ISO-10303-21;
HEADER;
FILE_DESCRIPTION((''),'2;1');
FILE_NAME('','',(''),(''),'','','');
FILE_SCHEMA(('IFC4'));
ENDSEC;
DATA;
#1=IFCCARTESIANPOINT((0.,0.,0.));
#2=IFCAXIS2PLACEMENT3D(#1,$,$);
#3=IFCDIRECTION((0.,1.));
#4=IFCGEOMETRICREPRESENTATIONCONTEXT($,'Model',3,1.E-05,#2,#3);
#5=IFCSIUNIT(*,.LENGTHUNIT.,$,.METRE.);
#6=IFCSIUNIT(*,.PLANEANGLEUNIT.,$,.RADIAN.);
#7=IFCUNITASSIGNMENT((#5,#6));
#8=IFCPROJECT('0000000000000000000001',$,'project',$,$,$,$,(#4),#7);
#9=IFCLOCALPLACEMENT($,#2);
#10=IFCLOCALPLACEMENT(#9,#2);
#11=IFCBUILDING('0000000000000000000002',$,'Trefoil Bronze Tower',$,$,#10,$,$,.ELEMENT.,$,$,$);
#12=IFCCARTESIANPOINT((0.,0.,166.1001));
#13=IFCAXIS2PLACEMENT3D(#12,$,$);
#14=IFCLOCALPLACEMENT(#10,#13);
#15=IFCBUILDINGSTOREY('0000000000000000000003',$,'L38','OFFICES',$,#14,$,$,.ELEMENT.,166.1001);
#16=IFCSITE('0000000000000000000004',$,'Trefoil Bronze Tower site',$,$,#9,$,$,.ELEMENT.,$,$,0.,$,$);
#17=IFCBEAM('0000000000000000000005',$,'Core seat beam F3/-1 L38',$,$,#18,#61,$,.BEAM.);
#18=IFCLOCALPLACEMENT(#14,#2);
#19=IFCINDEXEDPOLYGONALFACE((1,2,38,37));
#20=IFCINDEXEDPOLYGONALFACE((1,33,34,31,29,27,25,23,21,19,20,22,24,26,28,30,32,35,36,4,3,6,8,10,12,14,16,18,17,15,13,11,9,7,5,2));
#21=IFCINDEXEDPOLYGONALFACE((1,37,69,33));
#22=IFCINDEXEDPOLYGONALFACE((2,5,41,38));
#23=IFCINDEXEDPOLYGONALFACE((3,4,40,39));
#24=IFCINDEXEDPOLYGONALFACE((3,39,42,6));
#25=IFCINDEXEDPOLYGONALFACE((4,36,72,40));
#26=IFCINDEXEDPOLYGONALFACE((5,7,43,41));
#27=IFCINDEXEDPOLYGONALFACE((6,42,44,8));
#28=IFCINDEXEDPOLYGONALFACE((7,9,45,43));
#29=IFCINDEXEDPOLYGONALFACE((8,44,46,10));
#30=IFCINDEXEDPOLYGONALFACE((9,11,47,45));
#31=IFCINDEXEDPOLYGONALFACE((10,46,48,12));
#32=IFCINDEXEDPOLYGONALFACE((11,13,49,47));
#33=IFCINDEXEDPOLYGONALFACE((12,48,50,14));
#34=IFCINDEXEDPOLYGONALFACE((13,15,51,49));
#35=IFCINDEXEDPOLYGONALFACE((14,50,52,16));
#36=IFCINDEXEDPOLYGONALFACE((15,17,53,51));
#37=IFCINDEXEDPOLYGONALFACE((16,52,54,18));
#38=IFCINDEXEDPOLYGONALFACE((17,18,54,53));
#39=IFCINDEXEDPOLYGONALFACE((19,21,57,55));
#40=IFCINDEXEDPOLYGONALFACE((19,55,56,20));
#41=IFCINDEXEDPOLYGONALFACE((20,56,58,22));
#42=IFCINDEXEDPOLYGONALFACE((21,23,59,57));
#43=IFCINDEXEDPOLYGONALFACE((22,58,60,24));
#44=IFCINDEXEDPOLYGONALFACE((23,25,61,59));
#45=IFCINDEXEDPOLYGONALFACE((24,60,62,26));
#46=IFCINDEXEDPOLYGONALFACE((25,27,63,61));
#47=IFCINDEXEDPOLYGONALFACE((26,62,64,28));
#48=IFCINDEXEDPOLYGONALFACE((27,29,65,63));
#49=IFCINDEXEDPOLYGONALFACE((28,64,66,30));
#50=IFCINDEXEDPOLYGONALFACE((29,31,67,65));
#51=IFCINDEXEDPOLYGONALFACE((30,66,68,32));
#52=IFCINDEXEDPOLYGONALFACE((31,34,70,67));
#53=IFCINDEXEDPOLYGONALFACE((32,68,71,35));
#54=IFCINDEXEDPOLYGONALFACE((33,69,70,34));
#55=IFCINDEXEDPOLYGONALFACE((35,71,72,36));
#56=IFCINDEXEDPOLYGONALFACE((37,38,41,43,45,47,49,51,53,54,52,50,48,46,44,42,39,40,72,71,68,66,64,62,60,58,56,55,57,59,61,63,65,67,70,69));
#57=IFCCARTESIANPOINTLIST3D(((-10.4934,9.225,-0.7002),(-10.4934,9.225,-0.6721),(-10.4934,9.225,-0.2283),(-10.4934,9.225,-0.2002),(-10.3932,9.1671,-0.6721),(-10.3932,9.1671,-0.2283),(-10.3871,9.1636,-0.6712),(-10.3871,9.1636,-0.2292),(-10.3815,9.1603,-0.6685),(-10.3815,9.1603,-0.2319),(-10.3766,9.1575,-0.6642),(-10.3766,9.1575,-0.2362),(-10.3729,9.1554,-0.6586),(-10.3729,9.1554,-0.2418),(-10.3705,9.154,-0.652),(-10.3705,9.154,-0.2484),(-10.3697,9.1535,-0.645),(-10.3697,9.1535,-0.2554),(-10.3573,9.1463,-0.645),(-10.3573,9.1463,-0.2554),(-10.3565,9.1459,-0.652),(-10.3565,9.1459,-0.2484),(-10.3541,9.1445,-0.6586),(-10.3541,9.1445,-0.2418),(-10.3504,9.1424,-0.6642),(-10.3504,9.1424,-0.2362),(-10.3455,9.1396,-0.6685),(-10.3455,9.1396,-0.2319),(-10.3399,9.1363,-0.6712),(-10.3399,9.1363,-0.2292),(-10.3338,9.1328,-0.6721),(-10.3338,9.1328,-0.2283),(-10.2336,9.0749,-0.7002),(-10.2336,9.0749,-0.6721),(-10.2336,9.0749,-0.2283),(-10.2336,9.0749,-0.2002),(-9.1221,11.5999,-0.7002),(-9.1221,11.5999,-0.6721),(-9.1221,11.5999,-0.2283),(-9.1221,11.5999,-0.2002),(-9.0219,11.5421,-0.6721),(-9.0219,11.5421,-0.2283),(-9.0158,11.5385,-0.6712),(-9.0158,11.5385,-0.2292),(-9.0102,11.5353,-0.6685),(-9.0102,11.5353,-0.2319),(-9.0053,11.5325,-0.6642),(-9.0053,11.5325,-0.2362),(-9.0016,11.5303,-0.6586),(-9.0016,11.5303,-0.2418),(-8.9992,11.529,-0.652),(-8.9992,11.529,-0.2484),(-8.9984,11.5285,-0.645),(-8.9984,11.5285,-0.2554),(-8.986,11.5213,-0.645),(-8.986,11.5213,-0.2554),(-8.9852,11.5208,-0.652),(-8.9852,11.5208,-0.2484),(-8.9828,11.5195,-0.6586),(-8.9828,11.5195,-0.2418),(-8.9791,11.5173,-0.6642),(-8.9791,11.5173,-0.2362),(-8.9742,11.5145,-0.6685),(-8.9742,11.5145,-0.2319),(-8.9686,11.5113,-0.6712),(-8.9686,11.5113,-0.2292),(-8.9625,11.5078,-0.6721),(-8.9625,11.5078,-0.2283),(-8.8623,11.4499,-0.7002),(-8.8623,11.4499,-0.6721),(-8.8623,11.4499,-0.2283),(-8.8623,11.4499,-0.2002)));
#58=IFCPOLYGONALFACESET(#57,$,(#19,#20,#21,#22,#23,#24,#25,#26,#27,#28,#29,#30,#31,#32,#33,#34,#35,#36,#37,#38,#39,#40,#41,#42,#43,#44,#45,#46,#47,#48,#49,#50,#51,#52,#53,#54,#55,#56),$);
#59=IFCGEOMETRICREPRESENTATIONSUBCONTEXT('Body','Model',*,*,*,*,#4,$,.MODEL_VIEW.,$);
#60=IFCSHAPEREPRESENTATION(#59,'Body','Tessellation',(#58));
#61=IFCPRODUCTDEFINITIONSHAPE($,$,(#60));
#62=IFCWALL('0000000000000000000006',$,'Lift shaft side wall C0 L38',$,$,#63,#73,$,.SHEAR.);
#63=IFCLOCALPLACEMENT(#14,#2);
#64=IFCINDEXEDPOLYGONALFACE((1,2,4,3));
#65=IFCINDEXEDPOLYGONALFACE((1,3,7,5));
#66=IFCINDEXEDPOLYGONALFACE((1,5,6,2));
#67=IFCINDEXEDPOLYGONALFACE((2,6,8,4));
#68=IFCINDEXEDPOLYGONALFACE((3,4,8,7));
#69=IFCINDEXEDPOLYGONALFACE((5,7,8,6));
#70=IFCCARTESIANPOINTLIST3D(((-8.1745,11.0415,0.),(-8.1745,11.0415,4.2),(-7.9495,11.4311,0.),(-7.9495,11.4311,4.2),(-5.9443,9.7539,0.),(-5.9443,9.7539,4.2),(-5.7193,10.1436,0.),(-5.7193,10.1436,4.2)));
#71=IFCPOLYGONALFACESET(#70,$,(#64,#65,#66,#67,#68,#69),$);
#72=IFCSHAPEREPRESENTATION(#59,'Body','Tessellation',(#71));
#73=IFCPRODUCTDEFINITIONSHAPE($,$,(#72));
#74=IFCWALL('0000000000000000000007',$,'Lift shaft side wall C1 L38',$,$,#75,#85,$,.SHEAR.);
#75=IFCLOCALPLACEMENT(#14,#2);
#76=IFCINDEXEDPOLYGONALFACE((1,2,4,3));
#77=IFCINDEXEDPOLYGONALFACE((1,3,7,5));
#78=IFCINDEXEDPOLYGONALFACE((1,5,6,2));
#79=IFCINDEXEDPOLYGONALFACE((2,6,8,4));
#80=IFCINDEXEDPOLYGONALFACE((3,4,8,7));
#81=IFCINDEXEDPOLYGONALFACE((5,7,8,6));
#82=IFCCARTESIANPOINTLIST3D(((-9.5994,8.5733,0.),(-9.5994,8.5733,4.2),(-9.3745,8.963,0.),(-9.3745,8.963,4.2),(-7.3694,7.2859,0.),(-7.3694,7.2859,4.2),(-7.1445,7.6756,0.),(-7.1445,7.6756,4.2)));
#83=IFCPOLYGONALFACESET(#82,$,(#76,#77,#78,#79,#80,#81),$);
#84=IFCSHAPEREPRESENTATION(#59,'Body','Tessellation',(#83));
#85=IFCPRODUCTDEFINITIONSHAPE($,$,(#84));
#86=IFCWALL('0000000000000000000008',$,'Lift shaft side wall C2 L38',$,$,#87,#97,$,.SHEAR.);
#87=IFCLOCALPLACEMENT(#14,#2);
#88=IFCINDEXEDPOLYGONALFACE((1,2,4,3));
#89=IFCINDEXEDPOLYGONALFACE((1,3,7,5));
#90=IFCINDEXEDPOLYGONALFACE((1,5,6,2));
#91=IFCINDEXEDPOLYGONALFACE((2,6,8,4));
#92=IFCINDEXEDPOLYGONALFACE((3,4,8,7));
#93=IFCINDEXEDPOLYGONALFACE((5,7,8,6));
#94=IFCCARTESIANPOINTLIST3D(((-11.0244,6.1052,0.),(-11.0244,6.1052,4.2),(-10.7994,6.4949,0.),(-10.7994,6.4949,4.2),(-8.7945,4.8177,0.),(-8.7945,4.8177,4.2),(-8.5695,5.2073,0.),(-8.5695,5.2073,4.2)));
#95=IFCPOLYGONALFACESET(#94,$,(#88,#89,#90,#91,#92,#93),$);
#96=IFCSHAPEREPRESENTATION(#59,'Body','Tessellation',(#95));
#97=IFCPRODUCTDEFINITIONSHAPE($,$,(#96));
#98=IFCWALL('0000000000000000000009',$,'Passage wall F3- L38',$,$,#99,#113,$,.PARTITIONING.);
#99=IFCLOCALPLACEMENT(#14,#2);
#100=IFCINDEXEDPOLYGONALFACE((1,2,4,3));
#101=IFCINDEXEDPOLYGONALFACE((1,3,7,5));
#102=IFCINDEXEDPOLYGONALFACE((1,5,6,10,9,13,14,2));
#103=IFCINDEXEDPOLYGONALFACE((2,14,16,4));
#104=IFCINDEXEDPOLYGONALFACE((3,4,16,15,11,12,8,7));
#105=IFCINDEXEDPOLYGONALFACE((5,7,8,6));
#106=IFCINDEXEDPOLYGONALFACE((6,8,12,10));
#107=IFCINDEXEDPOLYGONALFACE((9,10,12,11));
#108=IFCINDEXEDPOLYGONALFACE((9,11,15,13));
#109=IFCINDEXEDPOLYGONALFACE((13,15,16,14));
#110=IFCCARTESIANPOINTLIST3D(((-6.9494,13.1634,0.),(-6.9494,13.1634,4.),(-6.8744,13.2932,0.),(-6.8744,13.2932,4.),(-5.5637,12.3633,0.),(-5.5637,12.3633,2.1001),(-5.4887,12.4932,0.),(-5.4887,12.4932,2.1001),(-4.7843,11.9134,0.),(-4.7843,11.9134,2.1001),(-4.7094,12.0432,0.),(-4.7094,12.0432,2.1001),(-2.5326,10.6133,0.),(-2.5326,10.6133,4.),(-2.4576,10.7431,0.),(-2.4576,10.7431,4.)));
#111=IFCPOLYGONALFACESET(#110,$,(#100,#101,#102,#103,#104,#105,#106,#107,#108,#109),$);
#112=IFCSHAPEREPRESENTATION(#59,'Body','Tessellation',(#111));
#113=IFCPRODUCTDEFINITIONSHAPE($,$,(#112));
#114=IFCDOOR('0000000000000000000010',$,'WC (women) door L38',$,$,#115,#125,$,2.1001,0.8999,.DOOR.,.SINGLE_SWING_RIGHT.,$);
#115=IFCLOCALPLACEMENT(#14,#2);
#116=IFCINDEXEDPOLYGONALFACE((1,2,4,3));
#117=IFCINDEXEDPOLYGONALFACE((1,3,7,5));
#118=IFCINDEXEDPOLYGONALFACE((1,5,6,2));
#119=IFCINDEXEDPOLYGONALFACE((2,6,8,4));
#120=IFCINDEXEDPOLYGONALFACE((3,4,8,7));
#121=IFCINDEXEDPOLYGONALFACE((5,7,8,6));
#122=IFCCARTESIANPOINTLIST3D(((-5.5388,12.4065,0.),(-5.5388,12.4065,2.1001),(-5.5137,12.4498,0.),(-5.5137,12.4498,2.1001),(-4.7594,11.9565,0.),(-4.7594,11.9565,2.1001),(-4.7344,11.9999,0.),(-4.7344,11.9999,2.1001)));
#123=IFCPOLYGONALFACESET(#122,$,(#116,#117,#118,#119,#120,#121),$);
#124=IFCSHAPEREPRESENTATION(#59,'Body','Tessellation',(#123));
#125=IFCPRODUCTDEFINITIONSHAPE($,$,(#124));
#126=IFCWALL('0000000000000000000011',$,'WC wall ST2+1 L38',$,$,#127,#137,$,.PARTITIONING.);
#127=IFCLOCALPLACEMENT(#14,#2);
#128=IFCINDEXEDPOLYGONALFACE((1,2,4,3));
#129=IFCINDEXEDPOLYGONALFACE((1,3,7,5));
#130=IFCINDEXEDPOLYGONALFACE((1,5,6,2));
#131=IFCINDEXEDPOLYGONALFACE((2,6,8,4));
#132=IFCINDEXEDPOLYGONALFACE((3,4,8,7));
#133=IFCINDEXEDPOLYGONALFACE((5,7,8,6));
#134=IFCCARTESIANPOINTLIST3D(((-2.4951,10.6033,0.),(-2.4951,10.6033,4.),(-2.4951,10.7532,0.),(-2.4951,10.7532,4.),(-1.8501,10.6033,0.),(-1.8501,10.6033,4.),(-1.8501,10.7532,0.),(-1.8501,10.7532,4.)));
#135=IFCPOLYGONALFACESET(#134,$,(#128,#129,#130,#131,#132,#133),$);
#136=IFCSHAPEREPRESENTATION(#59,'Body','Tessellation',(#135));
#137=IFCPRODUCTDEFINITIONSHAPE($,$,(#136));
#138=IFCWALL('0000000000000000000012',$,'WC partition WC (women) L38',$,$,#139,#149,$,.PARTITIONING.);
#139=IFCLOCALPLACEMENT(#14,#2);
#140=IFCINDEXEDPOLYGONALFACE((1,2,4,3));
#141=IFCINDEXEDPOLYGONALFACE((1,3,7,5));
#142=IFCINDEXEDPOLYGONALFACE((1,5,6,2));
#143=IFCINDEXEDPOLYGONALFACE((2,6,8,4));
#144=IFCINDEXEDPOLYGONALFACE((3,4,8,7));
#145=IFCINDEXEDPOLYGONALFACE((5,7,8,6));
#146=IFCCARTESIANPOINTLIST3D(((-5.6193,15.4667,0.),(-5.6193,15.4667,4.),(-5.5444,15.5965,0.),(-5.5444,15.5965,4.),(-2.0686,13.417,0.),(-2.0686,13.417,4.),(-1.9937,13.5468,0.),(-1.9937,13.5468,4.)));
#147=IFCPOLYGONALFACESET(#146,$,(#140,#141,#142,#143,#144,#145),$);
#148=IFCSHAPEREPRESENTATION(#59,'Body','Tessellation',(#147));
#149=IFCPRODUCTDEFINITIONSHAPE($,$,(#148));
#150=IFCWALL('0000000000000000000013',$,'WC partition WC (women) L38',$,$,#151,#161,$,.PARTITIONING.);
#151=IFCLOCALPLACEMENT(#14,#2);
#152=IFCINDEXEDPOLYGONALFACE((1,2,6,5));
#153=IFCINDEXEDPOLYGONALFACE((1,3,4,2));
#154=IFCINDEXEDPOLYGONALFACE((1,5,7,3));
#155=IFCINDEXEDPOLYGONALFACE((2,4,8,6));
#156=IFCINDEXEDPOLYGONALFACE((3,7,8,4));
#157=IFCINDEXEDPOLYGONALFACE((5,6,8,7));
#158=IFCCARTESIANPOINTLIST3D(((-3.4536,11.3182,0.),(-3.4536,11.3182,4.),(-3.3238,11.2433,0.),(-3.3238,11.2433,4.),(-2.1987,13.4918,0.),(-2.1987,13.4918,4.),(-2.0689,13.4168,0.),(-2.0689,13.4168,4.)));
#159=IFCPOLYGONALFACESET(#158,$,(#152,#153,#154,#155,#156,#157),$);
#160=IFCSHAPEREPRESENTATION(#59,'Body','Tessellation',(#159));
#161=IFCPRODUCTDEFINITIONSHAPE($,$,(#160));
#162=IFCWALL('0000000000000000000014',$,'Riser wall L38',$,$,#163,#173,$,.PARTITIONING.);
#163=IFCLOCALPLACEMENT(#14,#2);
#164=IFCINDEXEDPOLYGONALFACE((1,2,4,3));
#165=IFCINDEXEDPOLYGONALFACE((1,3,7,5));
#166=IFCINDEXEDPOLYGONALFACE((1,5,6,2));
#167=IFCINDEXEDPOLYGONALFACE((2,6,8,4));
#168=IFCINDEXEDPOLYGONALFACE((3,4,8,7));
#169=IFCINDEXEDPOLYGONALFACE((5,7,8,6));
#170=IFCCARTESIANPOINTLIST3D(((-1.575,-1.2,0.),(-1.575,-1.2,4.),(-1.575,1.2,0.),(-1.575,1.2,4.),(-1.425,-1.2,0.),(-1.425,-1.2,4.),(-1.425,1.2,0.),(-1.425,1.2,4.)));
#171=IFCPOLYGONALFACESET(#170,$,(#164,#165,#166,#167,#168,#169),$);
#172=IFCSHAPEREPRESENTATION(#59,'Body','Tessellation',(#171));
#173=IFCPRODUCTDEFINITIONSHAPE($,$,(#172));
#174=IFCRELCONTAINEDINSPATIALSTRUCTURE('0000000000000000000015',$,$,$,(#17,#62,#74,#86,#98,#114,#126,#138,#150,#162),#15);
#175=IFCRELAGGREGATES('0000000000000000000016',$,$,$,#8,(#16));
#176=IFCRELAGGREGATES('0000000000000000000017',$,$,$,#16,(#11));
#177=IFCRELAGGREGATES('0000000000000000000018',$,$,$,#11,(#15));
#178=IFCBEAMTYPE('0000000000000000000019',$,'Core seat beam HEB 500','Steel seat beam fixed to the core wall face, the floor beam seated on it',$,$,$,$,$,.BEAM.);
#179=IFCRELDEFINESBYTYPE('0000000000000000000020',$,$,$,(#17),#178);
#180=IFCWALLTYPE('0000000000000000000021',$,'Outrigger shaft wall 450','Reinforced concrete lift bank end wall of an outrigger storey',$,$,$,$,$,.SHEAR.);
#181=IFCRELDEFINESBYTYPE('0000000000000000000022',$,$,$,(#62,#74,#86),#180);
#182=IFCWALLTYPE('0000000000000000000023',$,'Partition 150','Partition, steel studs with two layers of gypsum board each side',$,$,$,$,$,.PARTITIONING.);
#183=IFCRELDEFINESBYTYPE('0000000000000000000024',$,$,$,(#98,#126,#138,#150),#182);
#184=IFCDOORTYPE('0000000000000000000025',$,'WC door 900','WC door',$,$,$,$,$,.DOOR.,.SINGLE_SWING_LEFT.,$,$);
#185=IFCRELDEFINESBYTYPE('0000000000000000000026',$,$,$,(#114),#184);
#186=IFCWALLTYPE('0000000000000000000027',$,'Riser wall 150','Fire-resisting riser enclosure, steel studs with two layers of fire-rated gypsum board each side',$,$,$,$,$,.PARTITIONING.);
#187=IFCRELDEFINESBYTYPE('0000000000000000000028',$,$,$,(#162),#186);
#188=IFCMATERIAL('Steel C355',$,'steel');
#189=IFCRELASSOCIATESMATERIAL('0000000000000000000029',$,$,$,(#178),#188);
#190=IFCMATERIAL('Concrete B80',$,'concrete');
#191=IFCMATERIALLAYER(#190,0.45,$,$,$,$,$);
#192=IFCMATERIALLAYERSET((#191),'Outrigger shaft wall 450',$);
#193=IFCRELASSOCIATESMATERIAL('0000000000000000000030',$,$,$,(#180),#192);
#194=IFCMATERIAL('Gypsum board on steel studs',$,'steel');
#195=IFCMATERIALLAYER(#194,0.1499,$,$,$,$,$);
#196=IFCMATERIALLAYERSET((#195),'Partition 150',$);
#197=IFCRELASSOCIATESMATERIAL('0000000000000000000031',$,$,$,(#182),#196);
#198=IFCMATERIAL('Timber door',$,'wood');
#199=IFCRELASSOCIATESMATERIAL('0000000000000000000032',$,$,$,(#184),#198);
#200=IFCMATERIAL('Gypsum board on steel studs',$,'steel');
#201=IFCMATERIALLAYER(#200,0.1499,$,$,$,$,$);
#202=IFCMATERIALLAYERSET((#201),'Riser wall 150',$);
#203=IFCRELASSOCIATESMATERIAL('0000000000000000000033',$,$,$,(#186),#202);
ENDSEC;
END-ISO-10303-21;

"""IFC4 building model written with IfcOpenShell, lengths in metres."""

from ifc_helpers import new_model, si_unit, direction, frame, frame_2d, origin, origin_2d, place, context, subcontext, project, spatial, rectangle, i_section, extrude, material, layer, layer_set, material_profile, profile_set, type_object, element, fill, save


model = new_model("IFC4")

# Units and contexts
model_context = context("Model", 3, precision=1e-05, world=origin(), true_north=direction((0.0, 1.0)))
body_context = subcontext(model_context, "Body", "Model", "MODEL_VIEW")
ifc_project = project(units=[si_unit("LENGTHUNIT", "METRE"), si_unit("PLANEANGLEUNIT", "RADIAN")], contexts=[model_context])

# Site, building, storey
site_placement = place(None, origin())
site = spatial("IfcSite", under=ifc_project, at=site_placement, Name="Trefoil Bronze Tower site", CompositionType="ELEMENT", RefElevation=0.0)
building_placement = place(site_placement, origin())
building = spatial("IfcBuilding", under=site, at=building_placement, Name="Trefoil Bronze Tower", CompositionType="ELEMENT")
storey_placement = place(building_placement, frame((0.0, 0.0, 166.1001)))
storey = spatial("IfcBuildingStorey", under=building, at=storey_placement, Name="L38", Description="OFFICES", CompositionType="ELEMENT", Elevation=166.1001)

# Beam
ifc_material_1 = material(Name="Steel C355", Category="steel")
ifc_material_profile = material_profile(ifc_material_1, i_section(OverallWidth=0.3, OverallDepth=0.5, WebThickness=0.0144, FlangeThickness=0.0281, FilletRadius=0.0271, at=origin_2d()), Name="HEB 500")
ifc_profile_set = profile_set([ifc_material_profile], Name="Steel C355")
beam_type = type_object("IfcBeamType", Name="Core seat beam HEB 500", Description="Steel seat beam fixed to the core wall face, the floor beam seated on it", PredefinedType="BEAM", material=ifc_profile_set)
beam_placement = place(storey_placement, frame((-8.9922, 11.5249, -0.4502), z_axis=(-0.500036, -0.866005, 0.0), x_axis=(0.866005, -0.500036, 0.0)))
element("IfcBeam", 1, at=beam_placement, inside=storey, type_object=beam_type, Name="Core seat beam F3/-1 L38", PredefinedType="BEAM", context=body_context, shape_type="SweptSolid", body=[
    extrude(i_section(OverallWidth=0.3, OverallDepth=0.5, WebThickness=0.0144, FlangeThickness=0.0281, FilletRadius=0.0271, at=origin_2d()), origin(), (0.0, 0.0, 1.0), 2.7424),
])

# Walls
ifc_material_2 = material(Name="Concrete B80", Category="concrete")
ifc_layer_1 = layer(ifc_material_2, 0.45)
ifc_layer_set_1 = layer_set([ifc_layer_1], Name="Outrigger shaft wall 450")
wall_type_1 = type_object("IfcWallType", Name="Outrigger shaft wall 450", Description="Reinforced concrete lift bank end wall of an outrigger storey", PredefinedType="SHEAR", material=ifc_layer_set_1)
wall_1_placement = place(storey_placement, frame((-5.8318, 9.9487, 0.0), z_axis=(0.0, 0.0, 1.0), x_axis=(-0.866029, 0.499993, 0.0)))
element("IfcWall", 2, at=wall_1_placement, inside=storey, type_object=wall_type_1, Name="Lift shaft side wall C0 L38", PredefinedType="SHEAR", context=body_context, shape_type="SweptSolid", body=[
    extrude(rectangle(XDim=2.5752, YDim=0.45, at=frame_2d((1.2876, 0.0))), origin(), (0.0, 0.0, 1.0), 4.2),
])
for number, where, z_axis, x_axis, name in (
    (3, (-7.2568, 7.4807, 0.0), (0.0, 0.0, 1.0), (-0.866047, 0.499963, 0.0), "Lift shaft side wall C1 L38"),
    (4, (-8.6819, 5.0125, 0.0), (0.0, 0.0, 1.0), (-0.866006, 0.500034, 0.0), "Lift shaft side wall C2 L38"),
):
    element("IfcWall", number, at=place(storey_placement, frame(where, z_axis=z_axis, x_axis=x_axis)), inside=storey, type_object=wall_type_1, Name=name, PredefinedType="SHEAR", context=body_context, shape_type="SweptSolid", body=[
        extrude(rectangle(XDim=2.575, YDim=0.45, at=frame_2d((1.2876, 0.0))), origin(), (0.0, 0.0, 1.0), 4.2),
    ])

# Wall, opening, door
ifc_material_3 = material(Name="Gypsum board on steel studs", Category="steel")
ifc_layer_2 = layer(ifc_material_3, 0.1499)
ifc_layer_set_2 = layer_set([ifc_layer_2], Name="Partition 150")
wall_type_2 = type_object("IfcWallType", Name="Partition 150", Description="Partition, steel studs with two layers of gypsum board each side", PredefinedType="PARTITIONING", material=ifc_layer_set_2)
wall_2_placement = place(storey_placement, frame((-2.4951, 10.6782, 0.0), z_axis=(0.0, 0.0, 1.0), x_axis=(-0.866022, 0.500006, 0.0)))
wall_2 = element("IfcWall", 5, at=wall_2_placement, inside=storey, type_object=wall_type_2, Name="Passage wall F3- L38", PredefinedType="PARTITIONING", context=body_context, shape_type="SweptSolid", body=[
    extrude(rectangle(XDim=5.1001, YDim=0.1499, at=frame_2d((2.55, 0.0))), origin(), (0.0, 0.0, 1.0), 4.0),
])
opening_1_placement = place(wall_2_placement, frame((2.6001, 0.0, 0.0)))
opening_1 = element("IfcOpeningElement", 6, at=opening_1_placement, cuts=wall_2, PredefinedType="OPENING", context=body_context, shape_type="SweptSolid", body=[
    extrude(rectangle(XDim=0.8999, YDim=2.1001, at=frame_2d((0.45, 1.05))), frame((0.0, 0.085, 0.0), z_axis=(0.0, -1.0, 0.0), x_axis=(1.0, 0.0, 0.0)), (0.0, 0.0, 1.0), 0.1699),
])
ifc_material_4 = material(Name="Timber door", Category="wood")
door_type_1 = type_object("IfcDoorType", Name="WC door 900", Description="WC door", OperationType="SINGLE_SWING_LEFT", PredefinedType="DOOR", material=ifc_material_4)
door_1_placement = place(opening_1_placement, frame((0.8999, 0.0, 0.0), z_axis=(0.0, 0.0, 1.0), x_axis=(-1.0, 0.0, 0.0)))
door_1 = element("IfcDoor", 7, at=door_1_placement, inside=storey, type_object=door_type_1, Name="WC (women) door L38", OperationType="SINGLE_SWING_RIGHT", OverallHeight=2.1001, OverallWidth=0.8999, PredefinedType="DOOR", context=body_context, shape_type="SweptSolid", body=[
    extrude(rectangle(XDim=0.8999, YDim=2.1001, at=frame_2d((0.45, 1.05))), frame((0.0, 0.0249, 0.0), z_axis=(0.0, -1.0, 0.0), x_axis=(1.0, 0.0, 0.0)), (0.0, 0.0, 1.0), 0.05),
])
fill(opening_1, door_1)

# Walls
wall_3_placement = place(storey_placement, frame((-2.4951, 10.6782, 0.0), z_axis=(0.0, 0.0, 1.0), x_axis=(1.0, 0.0, 0.0)))
element("IfcWall", 8, at=wall_3_placement, inside=storey, type_object=wall_type_2, Name="WC wall ST2+1 L38", PredefinedType="PARTITIONING", context=body_context, shape_type="SweptSolid", body=[
    extrude(rectangle(XDim=0.645, YDim=0.1499, at=frame_2d((0.3225, 0.0))), origin(), (0.0, 0.0, 1.0), 4.0),
])
wall_4_placement = place(storey_placement, frame((-2.0312, 13.4819, 0.0), z_axis=(0.0, 0.0, 1.0), x_axis=(-0.866051, 0.499956, 0.0)))
element("IfcWall", 9, at=wall_4_placement, inside=storey, type_object=wall_type_2, Name="WC partition WC (women) L38", PredefinedType="PARTITIONING", context=body_context, shape_type="SweptSolid", body=[
    extrude(rectangle(XDim=4.0999, YDim=0.1499, at=frame_2d((2.0498, 0.0))), origin(), (0.0, 0.0, 1.0), 4.0),
])
wall_5_placement = place(storey_placement, frame((-3.3887, 11.2808, 0.0), z_axis=(0.0, 0.0, 1.0), x_axis=(0.499989, 0.866032, 0.0)))
element("IfcWall", 10, at=wall_5_placement, inside=storey, type_object=wall_type_2, Name="WC partition WC (women) L38", PredefinedType="PARTITIONING", context=body_context, shape_type="SweptSolid", body=[
    extrude(rectangle(XDim=2.5098, YDim=0.1499, at=frame_2d((1.2549, 0.0))), origin(), (0.0, 0.0, 1.0), 4.0),
])
ifc_material_5 = material(Name="Gypsum board on steel studs", Category="steel")
ifc_layer_3 = layer(ifc_material_5, 0.1499)
ifc_layer_set_3 = layer_set([ifc_layer_3], Name="Riser wall 150")
wall_type_3 = type_object("IfcWallType", Name="Riser wall 150", Description="Fire-resisting riser enclosure, steel studs with two layers of fire-rated gypsum board each side", PredefinedType="PARTITIONING", material=ifc_layer_set_3)
wall_6_placement = place(storey_placement, frame((-1.5, 1.2, 0.0), z_axis=(0.0, 0.0, 1.0), x_axis=(0.0, -1.0, 0.0)))
element("IfcWall", 11, at=wall_6_placement, inside=storey, type_object=wall_type_3, Name="Riser wall L38", PredefinedType="PARTITIONING", context=body_context, shape_type="SweptSolid", body=[
    extrude(rectangle(XDim=2.3999, YDim=0.1499, at=frame_2d((1.2, 0.0))), origin(), (0.0, 0.0, 1.0), 4.0),
])

save(model, "model.ifc")
